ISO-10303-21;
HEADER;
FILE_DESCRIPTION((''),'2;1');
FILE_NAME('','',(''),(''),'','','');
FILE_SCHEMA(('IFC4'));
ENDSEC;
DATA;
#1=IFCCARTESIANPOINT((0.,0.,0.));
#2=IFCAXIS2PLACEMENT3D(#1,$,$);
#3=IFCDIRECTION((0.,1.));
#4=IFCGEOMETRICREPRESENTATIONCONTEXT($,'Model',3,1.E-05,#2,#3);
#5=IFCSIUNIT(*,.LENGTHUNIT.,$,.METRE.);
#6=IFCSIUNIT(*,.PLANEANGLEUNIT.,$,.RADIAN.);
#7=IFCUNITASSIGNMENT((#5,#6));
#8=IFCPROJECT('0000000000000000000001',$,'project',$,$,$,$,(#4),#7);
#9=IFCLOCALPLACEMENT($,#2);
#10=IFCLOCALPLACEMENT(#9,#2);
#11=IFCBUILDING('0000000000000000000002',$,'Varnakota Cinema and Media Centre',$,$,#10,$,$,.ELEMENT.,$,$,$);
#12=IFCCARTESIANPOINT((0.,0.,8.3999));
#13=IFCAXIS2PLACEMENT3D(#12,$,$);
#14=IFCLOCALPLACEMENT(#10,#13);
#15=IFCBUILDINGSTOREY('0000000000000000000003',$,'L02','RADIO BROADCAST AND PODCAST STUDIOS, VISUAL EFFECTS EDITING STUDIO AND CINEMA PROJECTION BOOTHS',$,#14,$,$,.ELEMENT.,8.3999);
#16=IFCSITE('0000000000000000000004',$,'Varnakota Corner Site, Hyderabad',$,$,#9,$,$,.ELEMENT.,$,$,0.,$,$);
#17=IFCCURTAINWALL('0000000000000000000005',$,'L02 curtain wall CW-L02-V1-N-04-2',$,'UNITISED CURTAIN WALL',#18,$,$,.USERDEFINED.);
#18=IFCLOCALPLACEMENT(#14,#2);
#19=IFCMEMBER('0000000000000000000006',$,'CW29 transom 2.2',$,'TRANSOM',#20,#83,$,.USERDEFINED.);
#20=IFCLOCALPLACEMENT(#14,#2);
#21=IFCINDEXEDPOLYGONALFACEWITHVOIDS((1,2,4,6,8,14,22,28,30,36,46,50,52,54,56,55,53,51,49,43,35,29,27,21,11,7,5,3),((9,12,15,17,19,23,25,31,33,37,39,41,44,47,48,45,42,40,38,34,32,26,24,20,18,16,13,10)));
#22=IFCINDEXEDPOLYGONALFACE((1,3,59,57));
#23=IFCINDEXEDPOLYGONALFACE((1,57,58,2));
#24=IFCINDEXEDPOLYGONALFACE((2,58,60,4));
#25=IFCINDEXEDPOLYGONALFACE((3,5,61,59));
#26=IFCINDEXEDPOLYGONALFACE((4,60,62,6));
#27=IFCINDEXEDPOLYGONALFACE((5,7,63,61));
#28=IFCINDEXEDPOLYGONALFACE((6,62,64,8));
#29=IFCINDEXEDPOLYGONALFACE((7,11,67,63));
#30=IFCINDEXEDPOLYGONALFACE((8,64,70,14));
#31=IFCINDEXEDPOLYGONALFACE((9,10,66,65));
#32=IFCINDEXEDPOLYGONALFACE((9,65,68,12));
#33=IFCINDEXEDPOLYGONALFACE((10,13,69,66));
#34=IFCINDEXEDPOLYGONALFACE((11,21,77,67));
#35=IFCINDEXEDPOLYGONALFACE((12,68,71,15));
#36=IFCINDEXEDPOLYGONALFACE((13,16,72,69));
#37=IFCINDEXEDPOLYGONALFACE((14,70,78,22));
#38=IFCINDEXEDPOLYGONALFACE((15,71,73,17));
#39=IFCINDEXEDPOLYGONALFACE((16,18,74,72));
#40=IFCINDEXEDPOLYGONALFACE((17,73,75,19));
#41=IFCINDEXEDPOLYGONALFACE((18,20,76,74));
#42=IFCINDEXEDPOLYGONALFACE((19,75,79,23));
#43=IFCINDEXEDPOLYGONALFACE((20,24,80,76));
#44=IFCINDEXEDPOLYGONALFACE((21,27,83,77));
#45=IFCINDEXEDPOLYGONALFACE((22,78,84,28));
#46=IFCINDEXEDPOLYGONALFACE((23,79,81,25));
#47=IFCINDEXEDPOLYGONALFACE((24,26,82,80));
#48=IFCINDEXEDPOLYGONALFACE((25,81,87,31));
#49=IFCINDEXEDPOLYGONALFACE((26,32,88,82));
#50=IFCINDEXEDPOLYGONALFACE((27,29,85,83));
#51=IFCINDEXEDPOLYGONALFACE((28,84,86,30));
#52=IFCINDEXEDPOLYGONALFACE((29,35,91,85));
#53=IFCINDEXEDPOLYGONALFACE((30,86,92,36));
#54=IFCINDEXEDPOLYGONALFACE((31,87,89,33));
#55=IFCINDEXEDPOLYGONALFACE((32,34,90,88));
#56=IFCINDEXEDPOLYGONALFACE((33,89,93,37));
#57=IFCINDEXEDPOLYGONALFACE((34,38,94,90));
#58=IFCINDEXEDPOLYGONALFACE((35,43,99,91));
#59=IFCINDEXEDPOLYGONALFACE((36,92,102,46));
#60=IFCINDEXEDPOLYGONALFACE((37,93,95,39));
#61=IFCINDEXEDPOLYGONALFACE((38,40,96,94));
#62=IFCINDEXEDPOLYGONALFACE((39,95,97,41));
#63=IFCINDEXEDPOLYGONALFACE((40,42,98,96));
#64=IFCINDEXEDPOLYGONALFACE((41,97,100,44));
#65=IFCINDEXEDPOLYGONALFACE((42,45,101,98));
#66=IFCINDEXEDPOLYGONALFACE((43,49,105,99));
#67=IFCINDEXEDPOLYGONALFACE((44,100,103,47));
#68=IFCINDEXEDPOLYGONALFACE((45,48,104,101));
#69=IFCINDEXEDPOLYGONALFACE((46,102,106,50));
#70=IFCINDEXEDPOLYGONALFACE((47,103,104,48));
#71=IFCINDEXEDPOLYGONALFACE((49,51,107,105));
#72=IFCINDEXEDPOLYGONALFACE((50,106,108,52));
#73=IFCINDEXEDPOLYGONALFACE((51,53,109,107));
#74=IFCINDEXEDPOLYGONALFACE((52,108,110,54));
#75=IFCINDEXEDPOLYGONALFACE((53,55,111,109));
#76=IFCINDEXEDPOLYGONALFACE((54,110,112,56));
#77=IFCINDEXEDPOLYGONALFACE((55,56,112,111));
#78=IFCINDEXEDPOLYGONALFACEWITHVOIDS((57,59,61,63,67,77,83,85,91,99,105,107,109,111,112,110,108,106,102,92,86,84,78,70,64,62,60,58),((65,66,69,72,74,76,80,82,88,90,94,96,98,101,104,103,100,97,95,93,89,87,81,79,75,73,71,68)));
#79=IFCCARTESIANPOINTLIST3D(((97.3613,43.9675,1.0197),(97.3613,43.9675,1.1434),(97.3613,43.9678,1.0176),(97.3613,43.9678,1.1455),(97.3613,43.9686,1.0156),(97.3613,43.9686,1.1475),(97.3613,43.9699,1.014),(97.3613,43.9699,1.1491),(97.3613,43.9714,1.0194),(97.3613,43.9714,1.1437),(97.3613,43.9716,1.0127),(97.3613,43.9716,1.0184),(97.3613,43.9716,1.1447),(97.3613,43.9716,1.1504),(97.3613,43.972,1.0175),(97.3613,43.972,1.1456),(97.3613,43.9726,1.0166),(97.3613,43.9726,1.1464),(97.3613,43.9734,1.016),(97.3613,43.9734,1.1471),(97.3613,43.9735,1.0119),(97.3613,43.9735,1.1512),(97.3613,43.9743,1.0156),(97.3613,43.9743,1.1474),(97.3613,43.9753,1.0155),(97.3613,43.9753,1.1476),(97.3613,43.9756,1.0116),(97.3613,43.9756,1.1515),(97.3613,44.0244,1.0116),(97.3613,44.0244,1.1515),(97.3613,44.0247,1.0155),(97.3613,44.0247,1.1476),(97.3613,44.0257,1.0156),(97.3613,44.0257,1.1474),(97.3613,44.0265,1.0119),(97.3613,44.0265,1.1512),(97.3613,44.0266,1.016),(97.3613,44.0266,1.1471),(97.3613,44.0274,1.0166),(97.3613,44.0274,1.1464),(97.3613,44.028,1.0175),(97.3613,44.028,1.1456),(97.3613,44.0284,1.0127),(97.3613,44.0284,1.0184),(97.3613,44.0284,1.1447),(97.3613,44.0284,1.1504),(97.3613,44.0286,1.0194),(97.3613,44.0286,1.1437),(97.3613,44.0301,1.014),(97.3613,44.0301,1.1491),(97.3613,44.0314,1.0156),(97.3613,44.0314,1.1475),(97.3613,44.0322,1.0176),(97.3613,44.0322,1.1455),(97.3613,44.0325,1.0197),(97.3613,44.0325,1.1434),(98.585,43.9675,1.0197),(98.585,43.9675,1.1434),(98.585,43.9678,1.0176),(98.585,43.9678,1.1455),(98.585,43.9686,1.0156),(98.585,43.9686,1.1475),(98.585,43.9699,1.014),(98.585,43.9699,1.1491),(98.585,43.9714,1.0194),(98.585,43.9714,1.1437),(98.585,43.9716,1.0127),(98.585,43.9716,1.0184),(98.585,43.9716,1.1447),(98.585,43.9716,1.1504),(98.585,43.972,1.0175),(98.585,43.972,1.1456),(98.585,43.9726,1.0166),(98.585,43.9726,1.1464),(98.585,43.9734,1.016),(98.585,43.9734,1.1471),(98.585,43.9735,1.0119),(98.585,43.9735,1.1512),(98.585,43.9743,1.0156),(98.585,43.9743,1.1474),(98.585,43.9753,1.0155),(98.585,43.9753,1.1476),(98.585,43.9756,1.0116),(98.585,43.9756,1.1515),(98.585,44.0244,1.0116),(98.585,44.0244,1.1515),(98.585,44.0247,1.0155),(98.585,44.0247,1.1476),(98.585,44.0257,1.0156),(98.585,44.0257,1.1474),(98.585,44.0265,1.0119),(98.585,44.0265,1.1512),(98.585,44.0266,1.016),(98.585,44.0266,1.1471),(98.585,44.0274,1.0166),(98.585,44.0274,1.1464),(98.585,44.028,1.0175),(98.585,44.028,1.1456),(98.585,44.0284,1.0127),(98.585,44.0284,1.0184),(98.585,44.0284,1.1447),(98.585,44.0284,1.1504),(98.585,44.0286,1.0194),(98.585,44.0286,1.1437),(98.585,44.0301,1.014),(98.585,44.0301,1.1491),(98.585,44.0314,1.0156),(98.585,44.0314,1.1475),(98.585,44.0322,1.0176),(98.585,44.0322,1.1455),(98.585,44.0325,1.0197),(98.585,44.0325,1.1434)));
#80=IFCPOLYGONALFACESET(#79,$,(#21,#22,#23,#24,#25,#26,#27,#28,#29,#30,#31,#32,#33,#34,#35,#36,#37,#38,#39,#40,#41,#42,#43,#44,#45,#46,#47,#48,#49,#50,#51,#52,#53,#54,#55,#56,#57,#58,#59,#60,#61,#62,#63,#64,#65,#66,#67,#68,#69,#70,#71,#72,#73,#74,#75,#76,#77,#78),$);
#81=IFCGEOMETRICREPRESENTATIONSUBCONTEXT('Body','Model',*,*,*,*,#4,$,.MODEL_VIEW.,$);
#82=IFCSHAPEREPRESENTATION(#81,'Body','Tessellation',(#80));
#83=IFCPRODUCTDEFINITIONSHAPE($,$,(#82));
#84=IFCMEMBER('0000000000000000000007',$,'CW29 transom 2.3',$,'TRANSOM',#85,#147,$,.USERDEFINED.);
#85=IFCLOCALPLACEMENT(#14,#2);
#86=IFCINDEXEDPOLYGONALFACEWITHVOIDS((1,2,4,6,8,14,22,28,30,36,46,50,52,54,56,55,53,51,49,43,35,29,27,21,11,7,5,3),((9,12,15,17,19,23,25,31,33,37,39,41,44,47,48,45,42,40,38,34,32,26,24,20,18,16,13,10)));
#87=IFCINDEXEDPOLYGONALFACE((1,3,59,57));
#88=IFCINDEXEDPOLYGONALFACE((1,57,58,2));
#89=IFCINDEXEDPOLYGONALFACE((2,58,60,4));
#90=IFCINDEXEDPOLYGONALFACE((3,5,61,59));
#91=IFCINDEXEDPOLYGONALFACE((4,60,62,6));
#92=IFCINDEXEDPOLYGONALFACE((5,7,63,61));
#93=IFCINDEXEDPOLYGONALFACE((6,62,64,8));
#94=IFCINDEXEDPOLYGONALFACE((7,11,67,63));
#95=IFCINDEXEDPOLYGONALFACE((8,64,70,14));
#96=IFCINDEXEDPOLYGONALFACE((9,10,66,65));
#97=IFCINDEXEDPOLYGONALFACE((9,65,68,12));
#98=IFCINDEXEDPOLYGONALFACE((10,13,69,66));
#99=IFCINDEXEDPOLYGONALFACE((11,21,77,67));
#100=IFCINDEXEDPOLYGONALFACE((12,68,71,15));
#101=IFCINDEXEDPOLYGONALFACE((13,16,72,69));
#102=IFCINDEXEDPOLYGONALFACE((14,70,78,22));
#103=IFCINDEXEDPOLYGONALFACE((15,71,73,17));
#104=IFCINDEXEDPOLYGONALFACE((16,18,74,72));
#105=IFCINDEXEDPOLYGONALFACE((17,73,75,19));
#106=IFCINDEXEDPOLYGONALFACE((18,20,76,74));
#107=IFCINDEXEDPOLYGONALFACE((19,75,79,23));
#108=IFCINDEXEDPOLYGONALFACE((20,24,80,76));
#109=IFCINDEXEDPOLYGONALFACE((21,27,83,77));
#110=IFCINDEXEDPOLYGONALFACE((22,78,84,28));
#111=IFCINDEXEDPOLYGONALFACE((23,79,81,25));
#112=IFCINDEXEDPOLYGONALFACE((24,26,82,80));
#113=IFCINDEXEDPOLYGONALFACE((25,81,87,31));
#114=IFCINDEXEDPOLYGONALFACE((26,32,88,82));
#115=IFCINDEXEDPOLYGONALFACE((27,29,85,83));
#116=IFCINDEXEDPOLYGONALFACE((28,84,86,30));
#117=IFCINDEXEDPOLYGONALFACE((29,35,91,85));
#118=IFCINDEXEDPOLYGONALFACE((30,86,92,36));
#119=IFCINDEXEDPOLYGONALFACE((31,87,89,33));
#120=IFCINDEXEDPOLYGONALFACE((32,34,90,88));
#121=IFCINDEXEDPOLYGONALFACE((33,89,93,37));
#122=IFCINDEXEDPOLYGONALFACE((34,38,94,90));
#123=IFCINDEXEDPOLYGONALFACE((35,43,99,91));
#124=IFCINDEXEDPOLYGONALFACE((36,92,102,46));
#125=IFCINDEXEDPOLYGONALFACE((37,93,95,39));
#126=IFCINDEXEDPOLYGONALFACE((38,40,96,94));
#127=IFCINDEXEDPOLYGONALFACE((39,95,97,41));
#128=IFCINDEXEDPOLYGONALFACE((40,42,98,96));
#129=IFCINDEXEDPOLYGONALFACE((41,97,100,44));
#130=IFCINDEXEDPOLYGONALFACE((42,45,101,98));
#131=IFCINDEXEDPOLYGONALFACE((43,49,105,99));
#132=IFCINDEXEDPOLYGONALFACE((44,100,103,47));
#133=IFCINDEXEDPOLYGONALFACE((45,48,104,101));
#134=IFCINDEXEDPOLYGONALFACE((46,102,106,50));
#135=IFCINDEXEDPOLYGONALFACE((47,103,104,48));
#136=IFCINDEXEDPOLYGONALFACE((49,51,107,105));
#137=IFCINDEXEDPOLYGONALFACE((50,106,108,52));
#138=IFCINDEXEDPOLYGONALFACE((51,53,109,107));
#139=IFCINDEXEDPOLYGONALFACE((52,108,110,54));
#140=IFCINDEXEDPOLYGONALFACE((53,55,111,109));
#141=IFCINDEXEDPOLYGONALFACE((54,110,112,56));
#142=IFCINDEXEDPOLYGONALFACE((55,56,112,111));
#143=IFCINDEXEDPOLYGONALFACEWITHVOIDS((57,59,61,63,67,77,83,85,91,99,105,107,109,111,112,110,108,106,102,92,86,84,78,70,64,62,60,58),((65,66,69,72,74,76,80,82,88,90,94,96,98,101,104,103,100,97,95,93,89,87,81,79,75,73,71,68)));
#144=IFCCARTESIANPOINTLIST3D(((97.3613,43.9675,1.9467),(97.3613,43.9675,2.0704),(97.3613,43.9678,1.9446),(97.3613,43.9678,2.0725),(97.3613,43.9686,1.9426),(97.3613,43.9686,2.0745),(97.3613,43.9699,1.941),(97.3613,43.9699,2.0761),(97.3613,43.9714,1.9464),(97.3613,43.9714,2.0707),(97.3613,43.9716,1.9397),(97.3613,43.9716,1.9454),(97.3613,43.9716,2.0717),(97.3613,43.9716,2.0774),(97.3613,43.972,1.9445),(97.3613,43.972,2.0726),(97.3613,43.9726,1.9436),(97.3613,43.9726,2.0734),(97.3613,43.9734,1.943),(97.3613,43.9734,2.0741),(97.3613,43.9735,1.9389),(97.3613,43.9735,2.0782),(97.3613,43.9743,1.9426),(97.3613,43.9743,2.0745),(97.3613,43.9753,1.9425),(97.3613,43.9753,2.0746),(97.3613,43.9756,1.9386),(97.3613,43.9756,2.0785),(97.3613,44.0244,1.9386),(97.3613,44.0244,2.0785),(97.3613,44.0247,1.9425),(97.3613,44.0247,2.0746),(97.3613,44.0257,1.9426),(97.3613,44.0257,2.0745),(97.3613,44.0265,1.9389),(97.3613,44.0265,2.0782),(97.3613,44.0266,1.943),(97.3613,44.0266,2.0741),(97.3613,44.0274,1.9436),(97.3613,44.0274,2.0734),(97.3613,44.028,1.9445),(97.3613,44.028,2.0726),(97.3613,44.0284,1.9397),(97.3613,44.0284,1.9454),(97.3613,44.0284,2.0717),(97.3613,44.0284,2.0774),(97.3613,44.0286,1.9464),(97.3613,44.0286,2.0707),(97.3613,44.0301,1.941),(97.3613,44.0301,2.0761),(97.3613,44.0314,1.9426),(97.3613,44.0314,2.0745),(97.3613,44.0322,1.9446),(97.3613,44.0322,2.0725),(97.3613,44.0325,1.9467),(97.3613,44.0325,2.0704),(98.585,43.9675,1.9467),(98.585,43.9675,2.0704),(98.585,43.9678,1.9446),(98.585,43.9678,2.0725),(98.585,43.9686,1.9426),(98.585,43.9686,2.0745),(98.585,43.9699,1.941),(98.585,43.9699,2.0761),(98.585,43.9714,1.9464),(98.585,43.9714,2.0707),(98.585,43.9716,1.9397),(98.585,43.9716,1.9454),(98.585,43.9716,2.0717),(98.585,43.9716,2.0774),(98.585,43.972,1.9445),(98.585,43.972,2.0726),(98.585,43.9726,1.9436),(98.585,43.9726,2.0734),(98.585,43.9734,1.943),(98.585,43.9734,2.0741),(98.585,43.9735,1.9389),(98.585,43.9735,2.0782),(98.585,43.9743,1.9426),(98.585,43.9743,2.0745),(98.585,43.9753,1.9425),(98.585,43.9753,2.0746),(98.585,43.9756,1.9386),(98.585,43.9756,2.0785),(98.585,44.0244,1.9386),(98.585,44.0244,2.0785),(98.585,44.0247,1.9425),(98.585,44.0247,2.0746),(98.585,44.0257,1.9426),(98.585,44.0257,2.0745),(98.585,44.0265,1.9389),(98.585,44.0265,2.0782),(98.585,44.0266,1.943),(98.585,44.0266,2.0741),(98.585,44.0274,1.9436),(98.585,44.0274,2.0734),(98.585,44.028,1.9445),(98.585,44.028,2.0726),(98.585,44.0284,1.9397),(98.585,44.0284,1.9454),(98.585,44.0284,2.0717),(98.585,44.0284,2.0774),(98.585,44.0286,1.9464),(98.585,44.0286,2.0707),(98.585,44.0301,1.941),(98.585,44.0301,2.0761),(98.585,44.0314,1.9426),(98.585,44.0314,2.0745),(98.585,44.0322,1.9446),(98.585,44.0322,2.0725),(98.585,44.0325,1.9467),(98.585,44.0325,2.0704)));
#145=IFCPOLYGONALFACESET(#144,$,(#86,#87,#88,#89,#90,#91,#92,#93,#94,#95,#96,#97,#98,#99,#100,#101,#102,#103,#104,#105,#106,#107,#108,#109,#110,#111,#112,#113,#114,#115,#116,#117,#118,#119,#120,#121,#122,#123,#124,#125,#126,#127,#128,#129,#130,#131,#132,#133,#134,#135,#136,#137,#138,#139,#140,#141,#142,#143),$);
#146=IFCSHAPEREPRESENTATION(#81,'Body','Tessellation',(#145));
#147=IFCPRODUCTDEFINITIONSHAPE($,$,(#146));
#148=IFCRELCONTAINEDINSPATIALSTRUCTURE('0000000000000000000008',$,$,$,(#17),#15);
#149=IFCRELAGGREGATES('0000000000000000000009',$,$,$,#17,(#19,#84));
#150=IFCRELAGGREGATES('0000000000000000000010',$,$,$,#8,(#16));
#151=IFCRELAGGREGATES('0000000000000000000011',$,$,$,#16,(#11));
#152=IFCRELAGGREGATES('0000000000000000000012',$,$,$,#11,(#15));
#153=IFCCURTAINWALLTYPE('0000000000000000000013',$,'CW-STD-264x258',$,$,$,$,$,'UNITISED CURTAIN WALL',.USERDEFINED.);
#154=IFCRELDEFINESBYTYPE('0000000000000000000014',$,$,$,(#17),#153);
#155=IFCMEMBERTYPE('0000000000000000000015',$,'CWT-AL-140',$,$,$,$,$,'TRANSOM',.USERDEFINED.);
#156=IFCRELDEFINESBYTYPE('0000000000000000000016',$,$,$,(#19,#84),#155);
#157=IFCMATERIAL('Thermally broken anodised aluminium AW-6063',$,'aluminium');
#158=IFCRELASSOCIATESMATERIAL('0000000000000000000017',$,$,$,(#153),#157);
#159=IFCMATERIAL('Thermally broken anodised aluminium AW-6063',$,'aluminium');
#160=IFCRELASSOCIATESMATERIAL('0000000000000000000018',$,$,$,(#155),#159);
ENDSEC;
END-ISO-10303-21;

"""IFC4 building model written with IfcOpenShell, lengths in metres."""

from ifc_helpers import new_model, si_unit, direction, frame, origin, origin_2d, place, context, subcontext, project, spatial, hollow_rectangle, extrude, material, material_profile, profile_set, type_object, element, aggregate, save


model = new_model("IFC4")

# Units and contexts
model_context = context("Model", 3, precision=1e-05, world=origin(), true_north=direction((0.0, 1.0)))
body_context = subcontext(model_context, "Body", "Model", "MODEL_VIEW")
ifc_project = project(units=[si_unit("LENGTHUNIT", "METRE"), si_unit("PLANEANGLEUNIT", "RADIAN")], contexts=[model_context])

# Site, building, storey
site_placement = place(None, origin())
site = spatial("IfcSite", under=ifc_project, at=site_placement, Name="Varnakota Corner Site, Hyderabad", CompositionType="ELEMENT", RefElevation=0.0)
building_placement = place(site_placement, origin())
building = spatial("IfcBuilding", under=site, at=building_placement, Name="Varnakota Cinema and Media Centre", CompositionType="ELEMENT")
storey_placement = place(building_placement, frame((0.0, 0.0, 8.3999)))
storey = spatial("IfcBuildingStorey", under=building, at=storey_placement, Name="L02", Description="RADIO BROADCAST AND PODCAST STUDIOS, VISUAL EFFECTS EDITING STUDIO AND CINEMA PROJECTION BOOTHS", CompositionType="ELEMENT", Elevation=8.3999)

# Shared definitions
ifc_material_1 = material(Name="Thermally broken anodised aluminium AW-6063", Category="aluminium")
curtain_wall_type = type_object("IfcCurtainWallType", Name="CW-STD-264x258", ElementType="UNITISED CURTAIN WALL", PredefinedType="USERDEFINED", material=ifc_material_1)

# Curtain wall
curtain_wall_1_placement = place(storey_placement, origin())
curtain_wall_1 = element("IfcCurtainWall", 1, at=curtain_wall_1_placement, inside=storey, type_object=curtain_wall_type, Name="L02 curtain wall CW-L02-V1-N-04-2", ObjectType="UNITISED CURTAIN WALL", PredefinedType="USERDEFINED")

# Members
ifc_material_2 = material(Name="Thermally broken anodised aluminium AW-6063", Category="aluminium")
ifc_material_profile_1 = material_profile(ifc_material_2, hollow_rectangle(XDim=0.0649, YDim=0.1399, WallThickness=0.0039, InnerFilletRadius=0.0039, OuterFilletRadius=0.0081, at=origin_2d()), Name="AL-TRANSOM 140x65x4")
ifc_profile_set_1 = profile_set([ifc_material_profile_1], Name="Thermally broken anodised aluminium AW-6063")
member_type_1 = type_object("IfcMemberType", Name="CWT-AL-140", ElementType="TRANSOM", PredefinedType="USERDEFINED", material=ifc_profile_set_1)
member_1_placement = place(storey_placement, frame((97.3613, 44.0, 1.0815), z_axis=(1.0, 0.0, 0.0), x_axis=(0.0, 1.0, 0.0)))
member_1 = element("IfcMember", 2, at=member_1_placement, type_object=member_type_1, Name="CW29 transom 2.2", ObjectType="TRANSOM", PredefinedType="USERDEFINED", context=body_context, shape_type="SweptSolid", body=[
    extrude(hollow_rectangle(XDim=0.0649, YDim=0.1399, WallThickness=0.0039, InnerFilletRadius=0.0039, OuterFilletRadius=0.0081, at=origin_2d()), origin(), (0.0, 0.0, 1.0), 1.2236),
])
member_2_placement = place(storey_placement, frame((97.3613, 44.0, 2.0085), z_axis=(1.0, 0.0, 0.0), x_axis=(0.0, 1.0, 0.0)))
member_2 = element("IfcMember", 3, at=member_2_placement, type_object=member_type_1, Name="CW29 transom 2.3", ObjectType="TRANSOM", PredefinedType="USERDEFINED", context=body_context, shape_type="SweptSolid", body=[
    extrude(hollow_rectangle(XDim=0.0649, YDim=0.1399, WallThickness=0.0039, InnerFilletRadius=0.0039, OuterFilletRadius=0.0081, at=origin_2d()), origin(), (0.0, 0.0, 1.0), 1.2236),
])

aggregate(curtain_wall_1, [member_1, member_2])

save(model, "model.ifc")
